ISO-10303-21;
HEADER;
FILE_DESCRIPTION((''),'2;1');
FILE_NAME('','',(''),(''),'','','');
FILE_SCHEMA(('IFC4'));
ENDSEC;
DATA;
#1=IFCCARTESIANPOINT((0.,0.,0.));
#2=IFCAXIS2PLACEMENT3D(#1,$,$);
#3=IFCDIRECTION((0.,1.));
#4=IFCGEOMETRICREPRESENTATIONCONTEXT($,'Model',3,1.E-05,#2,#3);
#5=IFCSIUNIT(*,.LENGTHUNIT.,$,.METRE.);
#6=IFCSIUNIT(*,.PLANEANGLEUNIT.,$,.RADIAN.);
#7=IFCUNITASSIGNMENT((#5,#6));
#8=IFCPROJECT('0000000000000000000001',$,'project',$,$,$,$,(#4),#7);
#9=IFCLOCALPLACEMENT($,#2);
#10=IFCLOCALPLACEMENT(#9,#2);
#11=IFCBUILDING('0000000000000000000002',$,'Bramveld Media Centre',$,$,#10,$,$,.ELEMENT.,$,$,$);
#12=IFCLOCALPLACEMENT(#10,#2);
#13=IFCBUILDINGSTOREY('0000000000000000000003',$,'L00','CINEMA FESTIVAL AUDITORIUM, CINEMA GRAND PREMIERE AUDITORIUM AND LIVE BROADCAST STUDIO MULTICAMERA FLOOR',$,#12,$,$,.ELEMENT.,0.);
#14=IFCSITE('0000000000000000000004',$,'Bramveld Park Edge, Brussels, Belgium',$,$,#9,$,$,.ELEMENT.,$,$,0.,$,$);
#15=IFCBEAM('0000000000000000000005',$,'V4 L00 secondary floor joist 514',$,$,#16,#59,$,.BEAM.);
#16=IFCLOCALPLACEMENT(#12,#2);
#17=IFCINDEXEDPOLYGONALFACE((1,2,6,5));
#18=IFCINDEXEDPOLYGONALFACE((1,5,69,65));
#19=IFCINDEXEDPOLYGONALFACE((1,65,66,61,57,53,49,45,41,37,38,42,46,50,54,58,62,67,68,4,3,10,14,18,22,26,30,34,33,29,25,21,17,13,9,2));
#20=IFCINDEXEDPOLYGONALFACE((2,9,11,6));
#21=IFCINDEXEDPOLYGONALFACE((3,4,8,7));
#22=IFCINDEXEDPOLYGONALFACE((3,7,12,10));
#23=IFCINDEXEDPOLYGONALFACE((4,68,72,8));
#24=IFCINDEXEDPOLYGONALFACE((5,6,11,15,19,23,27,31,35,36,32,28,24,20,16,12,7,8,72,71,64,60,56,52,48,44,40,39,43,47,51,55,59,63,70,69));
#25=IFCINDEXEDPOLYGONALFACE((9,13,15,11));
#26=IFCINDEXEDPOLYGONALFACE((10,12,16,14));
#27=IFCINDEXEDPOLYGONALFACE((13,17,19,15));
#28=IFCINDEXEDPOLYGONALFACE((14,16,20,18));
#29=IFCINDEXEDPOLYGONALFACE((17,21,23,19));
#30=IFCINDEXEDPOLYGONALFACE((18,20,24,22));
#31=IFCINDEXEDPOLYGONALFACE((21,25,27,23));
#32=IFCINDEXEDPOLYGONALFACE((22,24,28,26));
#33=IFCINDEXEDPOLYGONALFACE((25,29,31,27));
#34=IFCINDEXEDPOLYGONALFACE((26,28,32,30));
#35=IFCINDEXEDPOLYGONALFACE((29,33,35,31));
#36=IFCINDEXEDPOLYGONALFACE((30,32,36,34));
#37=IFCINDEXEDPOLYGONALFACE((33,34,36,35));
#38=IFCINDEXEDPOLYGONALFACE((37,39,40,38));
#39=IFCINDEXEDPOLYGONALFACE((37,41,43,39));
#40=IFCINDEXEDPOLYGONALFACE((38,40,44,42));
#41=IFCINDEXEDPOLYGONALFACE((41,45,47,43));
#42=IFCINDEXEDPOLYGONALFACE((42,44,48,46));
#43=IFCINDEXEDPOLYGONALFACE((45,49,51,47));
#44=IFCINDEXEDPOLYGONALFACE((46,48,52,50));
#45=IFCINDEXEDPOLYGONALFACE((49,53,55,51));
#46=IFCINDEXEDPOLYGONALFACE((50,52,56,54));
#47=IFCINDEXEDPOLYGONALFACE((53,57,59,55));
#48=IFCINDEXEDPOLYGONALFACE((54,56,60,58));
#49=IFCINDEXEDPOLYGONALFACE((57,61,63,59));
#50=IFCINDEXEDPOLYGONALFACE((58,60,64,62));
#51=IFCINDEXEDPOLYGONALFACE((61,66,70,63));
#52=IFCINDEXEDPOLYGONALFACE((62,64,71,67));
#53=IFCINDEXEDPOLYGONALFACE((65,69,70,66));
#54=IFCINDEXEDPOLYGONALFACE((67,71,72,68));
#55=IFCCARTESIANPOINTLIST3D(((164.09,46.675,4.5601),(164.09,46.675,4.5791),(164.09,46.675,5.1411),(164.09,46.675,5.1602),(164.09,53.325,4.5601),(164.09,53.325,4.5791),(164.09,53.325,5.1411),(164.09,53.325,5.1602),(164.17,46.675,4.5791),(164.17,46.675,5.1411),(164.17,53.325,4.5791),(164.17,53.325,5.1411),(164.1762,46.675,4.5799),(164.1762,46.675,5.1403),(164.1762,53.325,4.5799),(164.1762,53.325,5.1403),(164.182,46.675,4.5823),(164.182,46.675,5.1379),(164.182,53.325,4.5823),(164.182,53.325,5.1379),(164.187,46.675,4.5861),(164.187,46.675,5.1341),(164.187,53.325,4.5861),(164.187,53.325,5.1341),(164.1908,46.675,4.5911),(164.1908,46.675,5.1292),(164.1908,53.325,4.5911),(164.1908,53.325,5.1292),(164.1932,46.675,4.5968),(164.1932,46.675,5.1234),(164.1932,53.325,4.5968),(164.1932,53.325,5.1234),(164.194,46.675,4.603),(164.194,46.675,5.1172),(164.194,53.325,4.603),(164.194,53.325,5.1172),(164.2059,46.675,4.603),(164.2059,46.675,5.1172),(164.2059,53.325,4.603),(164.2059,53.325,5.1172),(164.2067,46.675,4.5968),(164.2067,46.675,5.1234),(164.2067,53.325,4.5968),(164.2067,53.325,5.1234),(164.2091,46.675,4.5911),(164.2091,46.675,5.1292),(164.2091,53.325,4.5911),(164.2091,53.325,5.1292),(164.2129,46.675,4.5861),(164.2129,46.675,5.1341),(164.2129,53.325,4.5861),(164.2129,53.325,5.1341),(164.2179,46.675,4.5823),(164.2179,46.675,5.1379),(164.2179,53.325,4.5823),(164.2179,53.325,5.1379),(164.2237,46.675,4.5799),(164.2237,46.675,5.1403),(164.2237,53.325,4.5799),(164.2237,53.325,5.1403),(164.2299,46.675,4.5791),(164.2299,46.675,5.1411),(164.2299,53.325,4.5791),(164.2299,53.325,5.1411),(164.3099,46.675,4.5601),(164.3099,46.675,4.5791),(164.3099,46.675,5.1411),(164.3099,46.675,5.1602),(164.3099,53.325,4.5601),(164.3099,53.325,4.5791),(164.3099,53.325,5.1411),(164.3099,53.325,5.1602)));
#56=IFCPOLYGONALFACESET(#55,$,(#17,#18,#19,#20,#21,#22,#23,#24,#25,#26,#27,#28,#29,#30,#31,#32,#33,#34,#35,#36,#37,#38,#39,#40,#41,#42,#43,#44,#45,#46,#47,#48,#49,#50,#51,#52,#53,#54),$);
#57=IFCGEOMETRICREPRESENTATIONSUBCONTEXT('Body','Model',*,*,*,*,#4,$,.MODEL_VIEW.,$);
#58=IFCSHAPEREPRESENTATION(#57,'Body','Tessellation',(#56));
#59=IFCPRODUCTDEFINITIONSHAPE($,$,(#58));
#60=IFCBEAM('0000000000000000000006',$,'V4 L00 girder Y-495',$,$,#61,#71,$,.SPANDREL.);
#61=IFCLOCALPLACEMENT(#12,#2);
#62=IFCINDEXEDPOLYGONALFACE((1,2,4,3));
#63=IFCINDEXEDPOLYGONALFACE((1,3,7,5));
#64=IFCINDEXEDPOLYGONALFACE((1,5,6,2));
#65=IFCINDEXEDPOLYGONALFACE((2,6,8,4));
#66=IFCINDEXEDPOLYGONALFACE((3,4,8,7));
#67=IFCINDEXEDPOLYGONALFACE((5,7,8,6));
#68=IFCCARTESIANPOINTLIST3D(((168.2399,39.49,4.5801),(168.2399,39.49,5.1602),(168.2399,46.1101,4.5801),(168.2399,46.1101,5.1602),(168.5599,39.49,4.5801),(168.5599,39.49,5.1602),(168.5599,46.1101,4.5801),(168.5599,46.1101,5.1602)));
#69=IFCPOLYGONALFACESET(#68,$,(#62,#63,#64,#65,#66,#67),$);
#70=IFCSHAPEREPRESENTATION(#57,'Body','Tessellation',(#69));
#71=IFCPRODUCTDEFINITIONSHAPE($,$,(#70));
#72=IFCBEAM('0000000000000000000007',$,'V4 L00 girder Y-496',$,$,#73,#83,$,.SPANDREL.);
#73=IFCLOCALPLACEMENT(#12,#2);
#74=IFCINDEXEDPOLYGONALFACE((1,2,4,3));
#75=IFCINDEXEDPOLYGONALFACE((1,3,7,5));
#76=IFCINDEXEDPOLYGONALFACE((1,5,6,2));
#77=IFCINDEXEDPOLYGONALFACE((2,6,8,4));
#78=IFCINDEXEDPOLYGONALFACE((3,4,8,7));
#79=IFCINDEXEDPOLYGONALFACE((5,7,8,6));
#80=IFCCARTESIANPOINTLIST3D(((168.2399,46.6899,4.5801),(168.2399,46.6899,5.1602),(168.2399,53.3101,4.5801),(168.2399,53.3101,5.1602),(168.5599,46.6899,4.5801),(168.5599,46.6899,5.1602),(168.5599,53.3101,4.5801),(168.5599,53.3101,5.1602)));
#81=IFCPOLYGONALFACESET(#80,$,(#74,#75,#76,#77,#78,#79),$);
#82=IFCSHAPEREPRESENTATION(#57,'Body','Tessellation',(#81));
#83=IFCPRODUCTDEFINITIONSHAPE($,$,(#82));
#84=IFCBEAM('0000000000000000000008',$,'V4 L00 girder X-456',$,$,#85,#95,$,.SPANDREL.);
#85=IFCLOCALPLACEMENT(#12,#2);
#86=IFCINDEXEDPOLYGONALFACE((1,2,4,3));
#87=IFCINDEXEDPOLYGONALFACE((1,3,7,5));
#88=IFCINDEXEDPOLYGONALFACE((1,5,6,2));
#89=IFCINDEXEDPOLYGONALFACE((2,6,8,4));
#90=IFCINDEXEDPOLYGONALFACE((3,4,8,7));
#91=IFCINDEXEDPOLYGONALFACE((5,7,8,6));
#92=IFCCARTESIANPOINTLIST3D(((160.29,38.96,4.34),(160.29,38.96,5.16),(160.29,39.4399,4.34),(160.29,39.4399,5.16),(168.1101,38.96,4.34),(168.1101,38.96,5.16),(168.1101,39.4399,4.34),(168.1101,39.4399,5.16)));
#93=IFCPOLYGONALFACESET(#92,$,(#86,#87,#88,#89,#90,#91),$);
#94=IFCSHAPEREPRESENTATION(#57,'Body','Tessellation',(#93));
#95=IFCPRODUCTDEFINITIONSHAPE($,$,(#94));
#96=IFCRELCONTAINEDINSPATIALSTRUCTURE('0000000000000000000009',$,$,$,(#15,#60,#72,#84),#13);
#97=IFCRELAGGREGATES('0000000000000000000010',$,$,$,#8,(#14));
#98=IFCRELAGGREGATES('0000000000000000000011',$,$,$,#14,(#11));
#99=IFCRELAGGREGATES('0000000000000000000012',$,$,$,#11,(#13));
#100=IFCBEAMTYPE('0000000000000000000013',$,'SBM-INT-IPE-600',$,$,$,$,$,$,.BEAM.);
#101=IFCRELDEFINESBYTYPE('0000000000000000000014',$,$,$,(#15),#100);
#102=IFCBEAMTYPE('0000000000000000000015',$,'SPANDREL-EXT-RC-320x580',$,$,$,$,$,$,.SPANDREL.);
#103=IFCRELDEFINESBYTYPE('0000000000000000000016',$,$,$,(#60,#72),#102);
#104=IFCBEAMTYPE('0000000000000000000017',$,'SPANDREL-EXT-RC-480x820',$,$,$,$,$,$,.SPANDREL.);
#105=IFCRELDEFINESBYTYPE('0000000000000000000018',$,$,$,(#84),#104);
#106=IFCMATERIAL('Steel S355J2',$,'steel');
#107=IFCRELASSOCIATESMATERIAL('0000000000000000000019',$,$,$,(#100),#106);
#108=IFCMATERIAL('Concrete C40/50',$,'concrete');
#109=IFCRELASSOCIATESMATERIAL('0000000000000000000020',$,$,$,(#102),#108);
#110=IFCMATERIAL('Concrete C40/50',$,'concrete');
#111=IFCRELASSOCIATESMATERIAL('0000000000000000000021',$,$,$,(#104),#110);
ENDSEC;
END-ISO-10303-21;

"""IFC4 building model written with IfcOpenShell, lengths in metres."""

from ifc_helpers import new_model, si_unit, direction, frame, origin, origin_2d, place, context, subcontext, project, spatial, rectangle, i_section, extrude, material, material_profile, profile_set, type_object, element, save


model = new_model("IFC4")

# Units and contexts
model_context = context("Model", 3, precision=1e-05, world=origin(), true_north=direction((0.0, 1.0)))
body_context = subcontext(model_context, "Body", "Model", "MODEL_VIEW")
ifc_project = project(units=[si_unit("LENGTHUNIT", "METRE"), si_unit("PLANEANGLEUNIT", "RADIAN")], contexts=[model_context])

# Site, building, storey
site_placement = place(None, origin())
site = spatial("IfcSite", under=ifc_project, at=site_placement, Name="Bramveld Park Edge, Brussels, Belgium", CompositionType="ELEMENT", RefElevation=0.0)
building_placement = place(site_placement, origin())
building = spatial("IfcBuilding", under=site, at=building_placement, Name="Bramveld Media Centre", CompositionType="ELEMENT")
storey_placement = place(building_placement, origin())
storey = spatial("IfcBuildingStorey", under=building, at=storey_placement, Name="L00", Description="CINEMA FESTIVAL AUDITORIUM, CINEMA GRAND PREMIERE AUDITORIUM AND LIVE BROADCAST STUDIO MULTICAMERA FLOOR", CompositionType="ELEMENT", Elevation=0.0)

# Beams
ifc_material_1 = material(Name="Steel S355J2", Category="steel")
ifc_material_profile_1 = material_profile(ifc_material_1, i_section(OverallWidth=0.22, OverallDepth=0.6001, WebThickness=0.012, FlangeThickness=0.019, FilletRadius=0.0239, at=origin_2d()), Name="IPE 600")
ifc_profile_set_1 = profile_set([ifc_material_profile_1], Name="Steel S355J2")
beam_type_1 = type_object("IfcBeamType", Name="SBM-INT-IPE-600", PredefinedType="BEAM", material=ifc_profile_set_1)
beam_1_placement = place(storey_placement, frame((164.2, 46.675, 4.8601), z_axis=(0.0, 1.0, 0.0), x_axis=(-1.0, 0.0, 0.0)))
element("IfcBeam", 1, at=beam_1_placement, inside=storey, type_object=beam_type_1, Name="V4 L00 secondary floor joist 514", PredefinedType="BEAM", context=body_context, shape_type="SweptSolid", body=[
    extrude(i_section(OverallWidth=0.22, OverallDepth=0.6001, WebThickness=0.012, FlangeThickness=0.019, FilletRadius=0.0239, at=origin_2d()), origin(), (0.0, 0.0, 1.0), 6.6499),
])
ifc_material_2 = material(Name="Concrete C40/50", Category="concrete")
ifc_material_profile_2 = material_profile(ifc_material_2, rectangle(XDim=0.3201, YDim=0.5801, at=origin_2d()), Name="RC 320x580")
ifc_profile_set_2 = profile_set([ifc_material_profile_2], Name="Concrete C40/50")
beam_type_2 = type_object("IfcBeamType", Name="SPANDREL-EXT-RC-320x580", PredefinedType="SPANDREL", material=ifc_profile_set_2)
for number, where, z_axis, x_axis, name in (
    (2, (168.3999, 39.49, 4.8701), (0.0, 1.0, 0.0), (-1.0, 0.0, 0.0), "V4 L00 girder Y-495"),
    (3, (168.3999, 46.6899, 4.8701), (0.0, 1.0, 0.0), (-1.0, 0.0, 0.0), "V4 L00 girder Y-496"),
):
    element("IfcBeam", number, at=place(storey_placement, frame(where, z_axis=z_axis, x_axis=x_axis)), inside=storey, type_object=beam_type_2, Name=name, PredefinedType="SPANDREL", context=body_context, shape_type="SweptSolid", body=[
        extrude(rectangle(XDim=0.3201, YDim=0.5801, at=origin_2d()), origin(), (0.0, 0.0, 1.0), 6.6201),
    ])
ifc_material_3 = material(Name="Concrete C40/50", Category="concrete")
ifc_material_profile_3 = material_profile(ifc_material_3, rectangle(XDim=0.48, YDim=0.8201, at=origin_2d()), Name="RC 480x820")
ifc_profile_set_3 = profile_set([ifc_material_profile_3], Name="Concrete C40/50")
beam_type_3 = type_object("IfcBeamType", Name="SPANDREL-EXT-RC-480x820", PredefinedType="SPANDREL", material=ifc_profile_set_3)
beam_2_placement = place(storey_placement, frame((160.29, 39.2, 4.75), z_axis=(1.0, 0.0, 0.0), x_axis=(0.0, 1.0, 0.0)))
element("IfcBeam", 4, at=beam_2_placement, inside=storey, type_object=beam_type_3, Name="V4 L00 girder X-456", PredefinedType="SPANDREL", context=body_context, shape_type="SweptSolid", body=[
    extrude(rectangle(XDim=0.48, YDim=0.8201, at=origin_2d()), origin(), (0.0, 0.0, 1.0), 7.8201),
])

save(model, "model.ifc")
